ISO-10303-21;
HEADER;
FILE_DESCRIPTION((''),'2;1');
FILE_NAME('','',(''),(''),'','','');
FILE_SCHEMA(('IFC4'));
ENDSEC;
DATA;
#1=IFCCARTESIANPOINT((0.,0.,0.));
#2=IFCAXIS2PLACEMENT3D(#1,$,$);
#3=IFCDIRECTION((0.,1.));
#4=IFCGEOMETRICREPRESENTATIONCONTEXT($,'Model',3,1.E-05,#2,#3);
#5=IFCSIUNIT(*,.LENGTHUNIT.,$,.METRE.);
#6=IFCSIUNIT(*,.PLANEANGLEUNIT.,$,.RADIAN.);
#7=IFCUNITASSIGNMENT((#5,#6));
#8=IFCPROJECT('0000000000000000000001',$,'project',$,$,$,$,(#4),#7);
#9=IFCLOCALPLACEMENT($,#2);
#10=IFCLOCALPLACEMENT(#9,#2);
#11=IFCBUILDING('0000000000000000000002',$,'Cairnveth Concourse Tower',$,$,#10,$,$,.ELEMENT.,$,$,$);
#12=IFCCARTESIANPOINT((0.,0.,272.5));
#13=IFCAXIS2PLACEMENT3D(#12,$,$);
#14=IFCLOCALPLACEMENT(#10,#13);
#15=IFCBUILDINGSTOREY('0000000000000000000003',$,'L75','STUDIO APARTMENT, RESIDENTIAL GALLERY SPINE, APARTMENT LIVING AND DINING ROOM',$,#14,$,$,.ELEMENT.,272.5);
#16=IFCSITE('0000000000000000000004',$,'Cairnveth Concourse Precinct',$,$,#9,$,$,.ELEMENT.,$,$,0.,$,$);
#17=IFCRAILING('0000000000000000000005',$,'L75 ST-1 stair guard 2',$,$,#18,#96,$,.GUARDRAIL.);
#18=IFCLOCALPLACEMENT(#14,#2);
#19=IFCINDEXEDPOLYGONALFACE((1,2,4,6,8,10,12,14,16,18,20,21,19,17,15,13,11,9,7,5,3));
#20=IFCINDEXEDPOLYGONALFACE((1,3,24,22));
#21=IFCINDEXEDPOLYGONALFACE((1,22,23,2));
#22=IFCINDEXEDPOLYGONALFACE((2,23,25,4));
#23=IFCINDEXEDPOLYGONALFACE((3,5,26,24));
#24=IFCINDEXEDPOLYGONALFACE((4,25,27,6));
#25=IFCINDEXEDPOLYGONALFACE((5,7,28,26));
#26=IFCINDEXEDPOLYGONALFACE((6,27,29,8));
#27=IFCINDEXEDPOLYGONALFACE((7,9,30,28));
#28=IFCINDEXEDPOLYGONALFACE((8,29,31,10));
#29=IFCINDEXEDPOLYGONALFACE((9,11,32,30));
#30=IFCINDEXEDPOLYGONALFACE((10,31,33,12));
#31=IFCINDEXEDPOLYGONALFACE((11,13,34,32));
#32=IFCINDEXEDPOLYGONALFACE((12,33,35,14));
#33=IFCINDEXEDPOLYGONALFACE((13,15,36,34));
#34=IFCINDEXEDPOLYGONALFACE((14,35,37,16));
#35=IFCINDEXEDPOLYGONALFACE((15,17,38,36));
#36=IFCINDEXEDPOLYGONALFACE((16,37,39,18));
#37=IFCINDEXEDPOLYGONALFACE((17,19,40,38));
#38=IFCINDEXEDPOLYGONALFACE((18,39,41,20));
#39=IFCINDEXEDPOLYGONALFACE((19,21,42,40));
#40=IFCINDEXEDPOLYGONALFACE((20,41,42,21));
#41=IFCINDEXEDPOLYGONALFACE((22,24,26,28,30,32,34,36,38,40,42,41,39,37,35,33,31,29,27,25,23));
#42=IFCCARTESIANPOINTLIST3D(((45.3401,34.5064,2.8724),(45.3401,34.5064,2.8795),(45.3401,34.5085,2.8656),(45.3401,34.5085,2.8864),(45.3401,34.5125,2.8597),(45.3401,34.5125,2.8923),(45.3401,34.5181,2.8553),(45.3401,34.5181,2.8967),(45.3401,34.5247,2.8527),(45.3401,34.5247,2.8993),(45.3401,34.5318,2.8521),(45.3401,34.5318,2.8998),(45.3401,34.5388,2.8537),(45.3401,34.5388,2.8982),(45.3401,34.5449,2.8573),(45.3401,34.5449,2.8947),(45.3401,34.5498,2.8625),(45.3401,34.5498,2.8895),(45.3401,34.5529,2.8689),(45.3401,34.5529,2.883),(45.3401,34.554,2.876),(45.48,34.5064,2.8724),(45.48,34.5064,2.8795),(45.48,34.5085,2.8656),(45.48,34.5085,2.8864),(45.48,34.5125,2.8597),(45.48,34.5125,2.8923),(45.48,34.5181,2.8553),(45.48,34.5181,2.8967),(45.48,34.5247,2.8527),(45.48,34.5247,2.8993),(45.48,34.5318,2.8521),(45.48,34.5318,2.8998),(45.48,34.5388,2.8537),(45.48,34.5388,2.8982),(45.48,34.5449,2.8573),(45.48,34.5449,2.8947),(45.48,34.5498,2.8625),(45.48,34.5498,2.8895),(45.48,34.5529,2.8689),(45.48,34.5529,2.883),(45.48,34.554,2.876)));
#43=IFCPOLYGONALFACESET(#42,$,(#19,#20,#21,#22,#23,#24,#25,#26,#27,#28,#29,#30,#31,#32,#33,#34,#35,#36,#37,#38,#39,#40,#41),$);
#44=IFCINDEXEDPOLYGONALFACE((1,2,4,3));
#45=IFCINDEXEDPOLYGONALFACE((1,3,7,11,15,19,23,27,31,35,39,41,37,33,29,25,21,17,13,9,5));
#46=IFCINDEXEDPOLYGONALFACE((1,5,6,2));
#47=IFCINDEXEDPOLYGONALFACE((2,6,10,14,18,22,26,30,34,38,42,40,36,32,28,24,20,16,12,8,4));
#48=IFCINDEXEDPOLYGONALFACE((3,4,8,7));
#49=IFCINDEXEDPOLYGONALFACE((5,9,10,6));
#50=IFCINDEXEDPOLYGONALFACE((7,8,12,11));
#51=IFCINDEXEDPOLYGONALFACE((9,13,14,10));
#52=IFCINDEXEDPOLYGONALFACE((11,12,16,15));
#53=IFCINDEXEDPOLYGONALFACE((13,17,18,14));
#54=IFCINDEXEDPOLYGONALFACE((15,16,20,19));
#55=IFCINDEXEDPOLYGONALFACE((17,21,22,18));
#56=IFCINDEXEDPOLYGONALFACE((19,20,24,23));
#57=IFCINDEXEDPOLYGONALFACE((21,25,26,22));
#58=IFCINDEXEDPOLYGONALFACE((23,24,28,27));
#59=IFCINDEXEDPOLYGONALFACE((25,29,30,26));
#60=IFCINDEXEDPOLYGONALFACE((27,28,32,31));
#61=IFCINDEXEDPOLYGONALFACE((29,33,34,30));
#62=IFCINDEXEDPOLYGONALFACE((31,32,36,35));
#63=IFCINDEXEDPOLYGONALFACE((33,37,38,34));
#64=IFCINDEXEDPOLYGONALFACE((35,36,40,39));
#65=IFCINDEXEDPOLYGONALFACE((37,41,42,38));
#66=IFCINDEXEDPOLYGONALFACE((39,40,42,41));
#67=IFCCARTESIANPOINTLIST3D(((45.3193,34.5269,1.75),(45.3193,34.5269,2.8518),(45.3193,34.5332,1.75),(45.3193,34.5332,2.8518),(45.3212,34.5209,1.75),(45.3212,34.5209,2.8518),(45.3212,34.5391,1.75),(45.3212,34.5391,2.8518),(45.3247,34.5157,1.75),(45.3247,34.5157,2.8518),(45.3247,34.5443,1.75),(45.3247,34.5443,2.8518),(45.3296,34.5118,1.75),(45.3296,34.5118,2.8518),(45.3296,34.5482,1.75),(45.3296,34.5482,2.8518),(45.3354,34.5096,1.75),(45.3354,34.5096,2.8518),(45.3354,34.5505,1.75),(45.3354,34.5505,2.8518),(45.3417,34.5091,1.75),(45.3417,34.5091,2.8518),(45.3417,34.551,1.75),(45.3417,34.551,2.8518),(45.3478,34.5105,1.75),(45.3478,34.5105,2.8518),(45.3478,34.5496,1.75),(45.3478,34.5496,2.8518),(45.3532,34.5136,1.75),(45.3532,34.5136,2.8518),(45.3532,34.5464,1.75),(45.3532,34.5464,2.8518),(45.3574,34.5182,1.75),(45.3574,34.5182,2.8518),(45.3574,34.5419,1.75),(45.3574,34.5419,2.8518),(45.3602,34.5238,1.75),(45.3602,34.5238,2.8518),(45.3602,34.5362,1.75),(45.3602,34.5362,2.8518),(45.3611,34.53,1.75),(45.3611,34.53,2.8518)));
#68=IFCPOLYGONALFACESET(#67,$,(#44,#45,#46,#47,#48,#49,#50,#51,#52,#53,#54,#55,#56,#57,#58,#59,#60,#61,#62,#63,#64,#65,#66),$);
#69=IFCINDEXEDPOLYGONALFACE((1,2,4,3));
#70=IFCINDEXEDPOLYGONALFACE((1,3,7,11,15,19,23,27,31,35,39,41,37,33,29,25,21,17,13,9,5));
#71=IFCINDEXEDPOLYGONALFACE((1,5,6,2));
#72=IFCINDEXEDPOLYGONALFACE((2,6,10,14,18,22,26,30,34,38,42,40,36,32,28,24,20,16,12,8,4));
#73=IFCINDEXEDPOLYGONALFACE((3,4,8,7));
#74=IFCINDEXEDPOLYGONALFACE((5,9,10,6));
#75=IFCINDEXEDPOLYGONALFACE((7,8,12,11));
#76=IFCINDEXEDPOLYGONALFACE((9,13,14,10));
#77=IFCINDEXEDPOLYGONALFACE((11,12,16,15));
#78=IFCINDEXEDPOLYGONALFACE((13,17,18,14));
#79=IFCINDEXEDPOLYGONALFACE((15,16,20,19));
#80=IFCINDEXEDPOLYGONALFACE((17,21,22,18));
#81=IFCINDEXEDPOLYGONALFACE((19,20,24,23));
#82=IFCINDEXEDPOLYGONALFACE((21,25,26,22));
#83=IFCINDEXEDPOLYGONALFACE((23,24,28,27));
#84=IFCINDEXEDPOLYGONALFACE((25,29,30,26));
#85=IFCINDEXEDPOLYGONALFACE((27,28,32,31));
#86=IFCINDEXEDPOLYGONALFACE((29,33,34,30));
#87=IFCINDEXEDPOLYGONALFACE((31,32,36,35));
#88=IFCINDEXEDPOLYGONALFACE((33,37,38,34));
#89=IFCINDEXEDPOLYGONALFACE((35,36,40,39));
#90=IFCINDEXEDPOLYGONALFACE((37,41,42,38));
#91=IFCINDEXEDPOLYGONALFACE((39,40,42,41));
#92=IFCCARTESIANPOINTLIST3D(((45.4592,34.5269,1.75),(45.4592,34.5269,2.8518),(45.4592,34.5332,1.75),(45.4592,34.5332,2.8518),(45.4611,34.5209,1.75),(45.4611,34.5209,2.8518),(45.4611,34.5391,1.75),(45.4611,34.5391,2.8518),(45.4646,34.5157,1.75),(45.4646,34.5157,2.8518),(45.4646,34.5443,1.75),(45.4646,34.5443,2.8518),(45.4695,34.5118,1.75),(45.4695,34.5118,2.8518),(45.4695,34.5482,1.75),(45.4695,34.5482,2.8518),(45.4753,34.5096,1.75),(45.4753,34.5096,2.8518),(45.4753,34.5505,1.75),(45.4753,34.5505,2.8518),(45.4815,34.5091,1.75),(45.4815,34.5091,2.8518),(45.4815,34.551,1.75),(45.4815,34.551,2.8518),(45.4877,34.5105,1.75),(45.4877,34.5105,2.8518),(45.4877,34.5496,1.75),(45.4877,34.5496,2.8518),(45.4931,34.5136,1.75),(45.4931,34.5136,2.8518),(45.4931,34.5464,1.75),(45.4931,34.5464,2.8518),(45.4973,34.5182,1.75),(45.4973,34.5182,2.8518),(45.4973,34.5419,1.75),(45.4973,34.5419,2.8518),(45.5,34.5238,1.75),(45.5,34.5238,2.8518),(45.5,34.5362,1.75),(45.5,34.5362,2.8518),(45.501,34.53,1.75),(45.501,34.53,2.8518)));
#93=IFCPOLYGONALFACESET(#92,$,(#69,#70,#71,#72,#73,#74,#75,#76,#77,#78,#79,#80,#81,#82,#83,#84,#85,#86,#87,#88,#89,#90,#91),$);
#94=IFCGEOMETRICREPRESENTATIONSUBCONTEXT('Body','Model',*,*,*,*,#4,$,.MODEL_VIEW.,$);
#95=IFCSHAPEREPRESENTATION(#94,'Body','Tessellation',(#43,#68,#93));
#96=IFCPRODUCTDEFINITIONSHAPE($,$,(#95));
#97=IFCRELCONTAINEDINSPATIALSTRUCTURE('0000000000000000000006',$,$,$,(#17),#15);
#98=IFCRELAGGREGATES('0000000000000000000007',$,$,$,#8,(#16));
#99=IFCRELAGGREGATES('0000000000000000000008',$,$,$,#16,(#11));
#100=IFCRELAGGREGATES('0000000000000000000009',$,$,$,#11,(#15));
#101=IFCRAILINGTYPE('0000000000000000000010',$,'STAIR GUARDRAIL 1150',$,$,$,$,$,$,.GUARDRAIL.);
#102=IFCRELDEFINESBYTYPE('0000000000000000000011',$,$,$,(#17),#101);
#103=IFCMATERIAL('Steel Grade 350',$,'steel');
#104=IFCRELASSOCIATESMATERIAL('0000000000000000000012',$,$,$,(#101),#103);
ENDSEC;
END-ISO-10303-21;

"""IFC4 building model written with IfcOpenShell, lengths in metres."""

from ifc_helpers import new_model, si_unit, direction, frame, origin, origin_2d, place, context, subcontext, project, spatial, circle, extrude, material, type_object, element, save


model = new_model("IFC4")

# Units and contexts
model_context = context("Model", 3, precision=1e-05, world=origin(), true_north=direction((0.0, 1.0)))
body_context = subcontext(model_context, "Body", "Model", "MODEL_VIEW")
ifc_project = project(units=[si_unit("LENGTHUNIT", "METRE"), si_unit("PLANEANGLEUNIT", "RADIAN")], contexts=[model_context])

# Site, building, storey
site_placement = place(None, origin())
site = spatial("IfcSite", under=ifc_project, at=site_placement, Name="Cairnveth Concourse Precinct", CompositionType="ELEMENT", RefElevation=0.0)
building_placement = place(site_placement, origin())
building = spatial("IfcBuilding", under=site, at=building_placement, Name="Cairnveth Concourse Tower", CompositionType="ELEMENT")
storey_placement = place(building_placement, frame((0.0, 0.0, 272.5)))
storey = spatial("IfcBuildingStorey", under=building, at=storey_placement, Name="L75", Description="STUDIO APARTMENT, RESIDENTIAL GALLERY SPINE, APARTMENT LIVING AND DINING ROOM", CompositionType="ELEMENT", Elevation=272.5)

# Shared definitions
ifc_material_1 = material(Name="Steel Grade 350", Category="steel")

# Railing
railing_type = type_object("IfcRailingType", Name="STAIR GUARDRAIL 1150", PredefinedType="GUARDRAIL", material=ifc_material_1)
railing_1_placement = place(storey_placement, frame((45.3401, 34.53, 1.75)))
element("IfcRailing", 1, at=railing_1_placement, inside=storey, type_object=railing_type, Name="L75 ST-1 stair guard 2", PredefinedType="GUARDRAIL", context=body_context, shape_type="SweptSolid", body=[
    extrude(circle(Radius=0.0239, at=origin_2d()), frame((0.0, 0.0, 1.126), z_axis=(1.0, 0.0, 0.0), x_axis=(0.0, 1.0, 0.0)), (0.0, 0.0, 1.0), 0.1399),
    extrude(circle(Radius=0.021, at=origin_2d()), origin(), (0.0, 0.0, 1.0), 1.1018),
    extrude(circle(Radius=0.021, at=origin_2d()), frame((0.1399, 0.0, 0.0)), (0.0, 0.0, 1.0), 1.1018),
])

save(model, "model.ifc")
